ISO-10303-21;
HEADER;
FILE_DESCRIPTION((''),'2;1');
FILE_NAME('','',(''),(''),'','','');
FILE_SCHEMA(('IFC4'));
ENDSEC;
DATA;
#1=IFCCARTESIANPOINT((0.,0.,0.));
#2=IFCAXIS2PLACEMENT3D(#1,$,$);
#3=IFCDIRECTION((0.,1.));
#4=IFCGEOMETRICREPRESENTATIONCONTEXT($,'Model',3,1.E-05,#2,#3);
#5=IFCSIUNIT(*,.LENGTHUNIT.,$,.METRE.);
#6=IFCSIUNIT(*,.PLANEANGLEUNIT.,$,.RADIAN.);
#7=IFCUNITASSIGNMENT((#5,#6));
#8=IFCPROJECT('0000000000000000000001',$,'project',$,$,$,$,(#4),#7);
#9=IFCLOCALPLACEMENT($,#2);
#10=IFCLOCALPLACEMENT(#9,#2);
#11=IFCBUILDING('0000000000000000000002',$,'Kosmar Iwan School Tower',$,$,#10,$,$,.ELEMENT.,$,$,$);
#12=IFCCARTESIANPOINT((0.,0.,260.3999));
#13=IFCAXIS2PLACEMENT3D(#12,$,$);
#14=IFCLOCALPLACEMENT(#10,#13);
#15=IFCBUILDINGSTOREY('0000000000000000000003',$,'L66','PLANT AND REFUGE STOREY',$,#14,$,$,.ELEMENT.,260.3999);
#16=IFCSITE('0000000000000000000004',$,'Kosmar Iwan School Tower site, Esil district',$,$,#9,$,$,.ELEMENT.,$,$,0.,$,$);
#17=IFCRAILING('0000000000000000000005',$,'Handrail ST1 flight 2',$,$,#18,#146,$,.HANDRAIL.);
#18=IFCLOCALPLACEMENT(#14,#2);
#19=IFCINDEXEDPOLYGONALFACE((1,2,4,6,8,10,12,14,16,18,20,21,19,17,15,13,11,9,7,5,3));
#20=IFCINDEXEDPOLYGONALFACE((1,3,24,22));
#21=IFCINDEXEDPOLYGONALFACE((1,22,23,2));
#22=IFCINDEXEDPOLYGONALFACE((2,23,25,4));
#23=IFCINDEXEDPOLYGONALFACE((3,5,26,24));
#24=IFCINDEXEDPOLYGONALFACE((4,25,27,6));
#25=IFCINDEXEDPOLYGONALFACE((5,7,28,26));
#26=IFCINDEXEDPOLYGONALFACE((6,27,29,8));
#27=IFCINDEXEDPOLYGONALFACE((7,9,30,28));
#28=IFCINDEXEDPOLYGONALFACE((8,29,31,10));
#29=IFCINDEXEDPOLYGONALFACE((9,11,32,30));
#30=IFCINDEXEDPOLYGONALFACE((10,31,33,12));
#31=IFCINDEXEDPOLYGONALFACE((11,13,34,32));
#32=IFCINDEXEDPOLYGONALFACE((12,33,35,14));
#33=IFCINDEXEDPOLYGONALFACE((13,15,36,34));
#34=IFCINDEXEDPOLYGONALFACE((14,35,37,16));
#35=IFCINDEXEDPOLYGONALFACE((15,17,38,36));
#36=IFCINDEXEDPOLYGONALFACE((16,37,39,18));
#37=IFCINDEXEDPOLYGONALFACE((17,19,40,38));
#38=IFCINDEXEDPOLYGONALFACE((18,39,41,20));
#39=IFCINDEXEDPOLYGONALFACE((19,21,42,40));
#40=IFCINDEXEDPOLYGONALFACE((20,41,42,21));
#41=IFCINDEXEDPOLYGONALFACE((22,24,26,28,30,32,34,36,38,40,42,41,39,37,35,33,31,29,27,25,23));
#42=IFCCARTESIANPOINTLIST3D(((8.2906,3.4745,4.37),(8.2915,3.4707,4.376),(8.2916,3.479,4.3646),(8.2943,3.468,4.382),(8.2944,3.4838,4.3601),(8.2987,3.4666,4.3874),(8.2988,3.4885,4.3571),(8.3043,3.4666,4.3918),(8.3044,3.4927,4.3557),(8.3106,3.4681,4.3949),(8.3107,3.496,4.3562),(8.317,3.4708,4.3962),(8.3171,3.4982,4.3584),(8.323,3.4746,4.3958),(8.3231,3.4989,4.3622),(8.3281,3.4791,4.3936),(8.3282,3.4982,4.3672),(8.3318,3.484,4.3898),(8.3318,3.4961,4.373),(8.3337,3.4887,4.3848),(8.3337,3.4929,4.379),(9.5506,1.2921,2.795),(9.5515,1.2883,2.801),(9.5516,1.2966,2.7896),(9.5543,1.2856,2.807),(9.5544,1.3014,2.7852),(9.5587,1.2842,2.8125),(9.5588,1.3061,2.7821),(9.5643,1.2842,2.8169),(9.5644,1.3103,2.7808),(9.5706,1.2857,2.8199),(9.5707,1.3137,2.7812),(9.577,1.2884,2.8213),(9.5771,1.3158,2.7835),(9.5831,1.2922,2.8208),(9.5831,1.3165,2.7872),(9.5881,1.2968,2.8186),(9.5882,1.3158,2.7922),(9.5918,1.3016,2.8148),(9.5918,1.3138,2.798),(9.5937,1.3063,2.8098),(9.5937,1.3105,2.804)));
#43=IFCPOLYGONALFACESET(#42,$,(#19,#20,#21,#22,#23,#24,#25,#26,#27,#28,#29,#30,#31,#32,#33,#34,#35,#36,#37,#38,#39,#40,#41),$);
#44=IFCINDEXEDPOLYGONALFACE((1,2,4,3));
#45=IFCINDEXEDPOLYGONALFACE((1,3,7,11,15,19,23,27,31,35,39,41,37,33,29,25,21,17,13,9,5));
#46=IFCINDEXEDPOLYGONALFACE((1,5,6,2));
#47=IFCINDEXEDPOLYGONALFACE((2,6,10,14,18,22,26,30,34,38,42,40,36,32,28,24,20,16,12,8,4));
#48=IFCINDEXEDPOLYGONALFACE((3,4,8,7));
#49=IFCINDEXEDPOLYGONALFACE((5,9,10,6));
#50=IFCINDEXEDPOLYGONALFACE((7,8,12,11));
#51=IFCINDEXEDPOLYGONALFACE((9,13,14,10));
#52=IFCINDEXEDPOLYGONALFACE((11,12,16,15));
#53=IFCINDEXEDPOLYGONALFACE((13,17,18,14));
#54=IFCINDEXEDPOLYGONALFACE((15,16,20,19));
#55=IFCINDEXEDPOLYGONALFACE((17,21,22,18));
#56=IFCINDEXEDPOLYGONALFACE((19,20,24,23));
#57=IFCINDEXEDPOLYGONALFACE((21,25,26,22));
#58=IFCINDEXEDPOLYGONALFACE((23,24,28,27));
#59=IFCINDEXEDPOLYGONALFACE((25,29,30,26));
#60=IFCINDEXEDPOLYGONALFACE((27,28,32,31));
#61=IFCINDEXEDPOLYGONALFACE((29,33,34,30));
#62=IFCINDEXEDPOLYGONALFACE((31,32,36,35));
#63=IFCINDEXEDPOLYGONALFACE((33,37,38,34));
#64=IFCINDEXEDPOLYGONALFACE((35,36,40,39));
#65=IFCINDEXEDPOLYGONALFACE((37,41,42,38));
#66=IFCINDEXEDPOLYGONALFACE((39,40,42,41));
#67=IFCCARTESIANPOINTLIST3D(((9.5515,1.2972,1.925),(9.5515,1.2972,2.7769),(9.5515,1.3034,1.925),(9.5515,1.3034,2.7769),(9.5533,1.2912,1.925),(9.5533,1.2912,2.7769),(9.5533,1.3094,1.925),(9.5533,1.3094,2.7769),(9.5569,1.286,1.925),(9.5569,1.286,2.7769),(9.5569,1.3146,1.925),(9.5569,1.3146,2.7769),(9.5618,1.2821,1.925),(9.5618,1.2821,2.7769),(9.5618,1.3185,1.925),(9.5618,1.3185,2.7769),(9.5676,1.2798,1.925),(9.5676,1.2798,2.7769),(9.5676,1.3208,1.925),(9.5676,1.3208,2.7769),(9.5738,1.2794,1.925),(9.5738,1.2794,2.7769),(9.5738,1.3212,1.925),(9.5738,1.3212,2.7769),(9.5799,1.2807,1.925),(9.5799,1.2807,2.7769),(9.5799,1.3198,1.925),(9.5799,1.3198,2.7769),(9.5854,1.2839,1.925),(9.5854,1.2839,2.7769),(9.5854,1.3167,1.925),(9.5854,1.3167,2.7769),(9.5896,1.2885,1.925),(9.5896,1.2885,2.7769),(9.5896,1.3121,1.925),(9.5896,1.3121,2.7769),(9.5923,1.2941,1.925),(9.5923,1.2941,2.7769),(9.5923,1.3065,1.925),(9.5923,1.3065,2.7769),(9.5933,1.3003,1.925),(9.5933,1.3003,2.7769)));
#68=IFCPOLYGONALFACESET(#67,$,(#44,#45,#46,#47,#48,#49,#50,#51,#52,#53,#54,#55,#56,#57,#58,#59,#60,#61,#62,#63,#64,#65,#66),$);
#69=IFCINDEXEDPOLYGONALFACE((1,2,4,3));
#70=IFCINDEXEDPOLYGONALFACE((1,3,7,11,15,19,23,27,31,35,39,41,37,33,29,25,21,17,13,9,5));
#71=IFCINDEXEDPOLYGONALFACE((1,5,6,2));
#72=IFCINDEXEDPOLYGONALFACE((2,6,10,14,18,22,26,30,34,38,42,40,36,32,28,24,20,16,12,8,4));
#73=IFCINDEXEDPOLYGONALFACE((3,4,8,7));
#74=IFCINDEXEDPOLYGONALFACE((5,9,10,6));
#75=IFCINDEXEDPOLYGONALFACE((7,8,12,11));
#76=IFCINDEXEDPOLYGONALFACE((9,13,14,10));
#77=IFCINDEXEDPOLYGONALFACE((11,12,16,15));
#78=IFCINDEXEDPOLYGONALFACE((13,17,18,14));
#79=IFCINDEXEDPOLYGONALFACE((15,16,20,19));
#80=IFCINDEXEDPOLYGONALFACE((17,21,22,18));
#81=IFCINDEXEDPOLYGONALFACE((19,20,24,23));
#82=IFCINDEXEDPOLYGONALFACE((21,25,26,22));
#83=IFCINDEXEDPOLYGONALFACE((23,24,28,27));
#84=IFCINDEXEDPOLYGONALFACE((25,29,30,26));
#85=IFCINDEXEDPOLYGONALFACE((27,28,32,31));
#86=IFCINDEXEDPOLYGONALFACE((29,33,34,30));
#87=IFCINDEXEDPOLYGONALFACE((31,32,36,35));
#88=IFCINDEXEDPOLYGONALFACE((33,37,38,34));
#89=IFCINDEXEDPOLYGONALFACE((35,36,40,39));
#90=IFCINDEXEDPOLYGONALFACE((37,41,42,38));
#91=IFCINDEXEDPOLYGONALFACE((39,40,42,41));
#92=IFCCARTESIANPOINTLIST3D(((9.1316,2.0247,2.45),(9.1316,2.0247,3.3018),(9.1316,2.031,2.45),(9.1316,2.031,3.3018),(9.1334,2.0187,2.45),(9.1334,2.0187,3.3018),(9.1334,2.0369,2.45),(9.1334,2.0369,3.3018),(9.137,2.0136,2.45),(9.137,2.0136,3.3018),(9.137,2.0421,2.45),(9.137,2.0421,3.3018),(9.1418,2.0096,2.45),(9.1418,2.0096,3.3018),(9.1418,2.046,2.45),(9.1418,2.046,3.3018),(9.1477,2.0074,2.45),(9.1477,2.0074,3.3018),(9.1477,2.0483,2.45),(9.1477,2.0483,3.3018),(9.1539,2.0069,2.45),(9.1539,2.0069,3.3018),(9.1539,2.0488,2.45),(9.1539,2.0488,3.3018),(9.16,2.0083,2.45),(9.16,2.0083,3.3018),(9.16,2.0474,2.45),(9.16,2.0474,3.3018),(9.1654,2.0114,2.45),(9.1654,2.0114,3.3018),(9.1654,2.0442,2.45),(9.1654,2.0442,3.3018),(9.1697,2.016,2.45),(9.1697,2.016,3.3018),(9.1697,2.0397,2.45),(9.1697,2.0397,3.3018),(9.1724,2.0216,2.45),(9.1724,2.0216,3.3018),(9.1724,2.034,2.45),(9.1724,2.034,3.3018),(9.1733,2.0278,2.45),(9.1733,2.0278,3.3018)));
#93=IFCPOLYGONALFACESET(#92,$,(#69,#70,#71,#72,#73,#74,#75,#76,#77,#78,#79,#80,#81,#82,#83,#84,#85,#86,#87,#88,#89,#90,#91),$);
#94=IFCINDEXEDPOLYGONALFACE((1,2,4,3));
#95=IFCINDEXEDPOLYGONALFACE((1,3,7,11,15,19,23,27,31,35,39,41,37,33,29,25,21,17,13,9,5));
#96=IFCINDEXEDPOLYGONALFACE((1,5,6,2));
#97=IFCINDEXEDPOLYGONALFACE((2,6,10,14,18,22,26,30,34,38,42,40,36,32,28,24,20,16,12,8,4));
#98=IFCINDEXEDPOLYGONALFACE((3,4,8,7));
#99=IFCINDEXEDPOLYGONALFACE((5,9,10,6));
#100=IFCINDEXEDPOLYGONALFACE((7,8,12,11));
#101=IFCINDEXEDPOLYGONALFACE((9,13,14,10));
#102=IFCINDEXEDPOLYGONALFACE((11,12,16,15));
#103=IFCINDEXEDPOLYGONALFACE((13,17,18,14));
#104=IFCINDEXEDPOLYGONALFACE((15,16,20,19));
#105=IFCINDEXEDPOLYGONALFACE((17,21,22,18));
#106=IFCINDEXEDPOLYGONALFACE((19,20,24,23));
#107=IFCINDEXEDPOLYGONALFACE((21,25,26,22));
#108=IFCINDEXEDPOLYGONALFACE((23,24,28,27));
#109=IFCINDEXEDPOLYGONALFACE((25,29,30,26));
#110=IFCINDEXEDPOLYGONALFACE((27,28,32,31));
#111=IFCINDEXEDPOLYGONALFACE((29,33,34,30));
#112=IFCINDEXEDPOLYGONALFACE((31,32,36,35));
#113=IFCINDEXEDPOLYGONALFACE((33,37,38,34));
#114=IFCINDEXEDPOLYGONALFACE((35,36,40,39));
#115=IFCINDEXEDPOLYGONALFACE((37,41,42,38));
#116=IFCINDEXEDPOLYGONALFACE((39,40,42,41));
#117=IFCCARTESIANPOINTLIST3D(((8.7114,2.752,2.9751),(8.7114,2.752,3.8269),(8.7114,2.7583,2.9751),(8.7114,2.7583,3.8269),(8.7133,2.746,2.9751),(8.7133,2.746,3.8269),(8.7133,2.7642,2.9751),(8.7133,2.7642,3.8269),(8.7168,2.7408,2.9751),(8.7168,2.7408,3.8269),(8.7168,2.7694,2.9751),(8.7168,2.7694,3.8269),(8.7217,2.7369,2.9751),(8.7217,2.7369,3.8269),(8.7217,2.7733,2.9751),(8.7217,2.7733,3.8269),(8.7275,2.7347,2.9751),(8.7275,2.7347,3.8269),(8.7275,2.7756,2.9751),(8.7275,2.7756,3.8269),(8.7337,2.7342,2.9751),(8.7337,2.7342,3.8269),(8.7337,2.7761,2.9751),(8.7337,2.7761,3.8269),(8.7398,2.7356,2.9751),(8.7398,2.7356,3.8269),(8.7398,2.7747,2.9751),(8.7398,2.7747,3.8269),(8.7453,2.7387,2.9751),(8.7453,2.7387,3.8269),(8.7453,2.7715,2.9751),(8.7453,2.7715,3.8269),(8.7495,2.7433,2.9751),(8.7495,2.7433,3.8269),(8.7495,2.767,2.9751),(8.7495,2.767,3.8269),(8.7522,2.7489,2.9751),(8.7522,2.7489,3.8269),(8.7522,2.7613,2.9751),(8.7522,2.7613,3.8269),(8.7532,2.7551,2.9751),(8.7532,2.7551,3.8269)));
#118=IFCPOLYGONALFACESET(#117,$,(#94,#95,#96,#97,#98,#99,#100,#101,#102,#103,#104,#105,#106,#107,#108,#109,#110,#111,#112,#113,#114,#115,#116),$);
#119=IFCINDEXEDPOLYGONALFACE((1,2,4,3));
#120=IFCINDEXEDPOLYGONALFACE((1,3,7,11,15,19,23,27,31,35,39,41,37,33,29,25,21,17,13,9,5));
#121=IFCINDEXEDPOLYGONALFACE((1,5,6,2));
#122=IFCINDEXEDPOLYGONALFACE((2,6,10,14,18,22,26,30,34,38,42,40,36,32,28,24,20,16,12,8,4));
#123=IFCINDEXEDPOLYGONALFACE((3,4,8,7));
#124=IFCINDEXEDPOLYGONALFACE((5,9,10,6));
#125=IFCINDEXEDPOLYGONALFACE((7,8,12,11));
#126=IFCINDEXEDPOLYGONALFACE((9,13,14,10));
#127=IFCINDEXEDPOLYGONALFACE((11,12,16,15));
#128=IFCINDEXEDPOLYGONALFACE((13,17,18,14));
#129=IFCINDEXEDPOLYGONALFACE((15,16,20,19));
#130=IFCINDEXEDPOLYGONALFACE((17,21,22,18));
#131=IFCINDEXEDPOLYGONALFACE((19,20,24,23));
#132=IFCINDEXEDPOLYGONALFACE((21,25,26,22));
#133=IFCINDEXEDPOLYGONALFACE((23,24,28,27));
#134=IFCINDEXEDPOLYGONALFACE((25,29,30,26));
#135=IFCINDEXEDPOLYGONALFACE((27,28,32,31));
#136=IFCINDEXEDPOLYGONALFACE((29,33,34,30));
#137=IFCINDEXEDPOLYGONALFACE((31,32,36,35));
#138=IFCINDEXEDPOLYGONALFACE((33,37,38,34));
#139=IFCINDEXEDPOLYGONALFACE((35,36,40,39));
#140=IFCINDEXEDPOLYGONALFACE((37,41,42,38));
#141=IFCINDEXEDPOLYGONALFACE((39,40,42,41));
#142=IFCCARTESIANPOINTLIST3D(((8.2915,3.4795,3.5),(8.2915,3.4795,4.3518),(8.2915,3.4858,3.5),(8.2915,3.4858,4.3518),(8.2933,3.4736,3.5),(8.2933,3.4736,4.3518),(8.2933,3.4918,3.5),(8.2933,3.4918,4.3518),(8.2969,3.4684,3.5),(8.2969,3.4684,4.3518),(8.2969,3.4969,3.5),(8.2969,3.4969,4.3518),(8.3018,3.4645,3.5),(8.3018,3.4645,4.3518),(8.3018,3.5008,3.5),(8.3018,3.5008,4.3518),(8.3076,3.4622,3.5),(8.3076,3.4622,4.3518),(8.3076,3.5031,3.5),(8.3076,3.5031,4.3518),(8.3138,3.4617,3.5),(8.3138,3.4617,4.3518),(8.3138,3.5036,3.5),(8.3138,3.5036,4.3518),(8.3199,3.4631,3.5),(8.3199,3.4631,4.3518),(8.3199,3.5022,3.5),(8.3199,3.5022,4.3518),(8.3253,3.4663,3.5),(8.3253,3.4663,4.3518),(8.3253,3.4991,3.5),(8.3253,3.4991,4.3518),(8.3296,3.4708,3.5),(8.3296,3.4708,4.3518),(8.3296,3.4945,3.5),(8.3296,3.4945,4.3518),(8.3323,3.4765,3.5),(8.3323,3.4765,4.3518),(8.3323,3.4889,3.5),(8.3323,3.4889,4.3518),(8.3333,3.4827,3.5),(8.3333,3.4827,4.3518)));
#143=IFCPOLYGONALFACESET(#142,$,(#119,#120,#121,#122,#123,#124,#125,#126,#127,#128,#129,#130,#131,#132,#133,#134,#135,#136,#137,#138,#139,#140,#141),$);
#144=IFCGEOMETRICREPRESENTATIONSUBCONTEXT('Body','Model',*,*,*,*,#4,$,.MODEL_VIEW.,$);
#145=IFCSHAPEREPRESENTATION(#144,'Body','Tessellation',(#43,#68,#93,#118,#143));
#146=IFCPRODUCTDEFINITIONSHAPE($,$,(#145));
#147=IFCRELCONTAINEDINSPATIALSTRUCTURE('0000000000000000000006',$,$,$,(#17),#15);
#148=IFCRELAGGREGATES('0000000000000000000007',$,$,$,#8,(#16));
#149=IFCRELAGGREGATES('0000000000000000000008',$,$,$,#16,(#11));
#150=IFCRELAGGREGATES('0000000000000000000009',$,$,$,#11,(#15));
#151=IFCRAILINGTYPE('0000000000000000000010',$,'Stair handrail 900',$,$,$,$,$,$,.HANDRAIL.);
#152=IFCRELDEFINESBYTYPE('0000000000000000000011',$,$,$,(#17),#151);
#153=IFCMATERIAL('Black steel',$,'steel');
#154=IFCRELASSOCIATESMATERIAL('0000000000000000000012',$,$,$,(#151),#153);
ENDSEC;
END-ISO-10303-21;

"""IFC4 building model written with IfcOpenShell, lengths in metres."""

from ifc_helpers import new_model, si_unit, direction, frame, origin, origin_2d, place, context, subcontext, project, spatial, circle, extrude, material, type_object, element, save


model = new_model("IFC4")

# Units and contexts
model_context = context("Model", 3, precision=1e-05, world=origin(), true_north=direction((0.0, 1.0)))
body_context = subcontext(model_context, "Body", "Model", "MODEL_VIEW")
ifc_project = project(units=[si_unit("LENGTHUNIT", "METRE"), si_unit("PLANEANGLEUNIT", "RADIAN")], contexts=[model_context])

# Site, building, storey
site_placement = place(None, origin())
site = spatial("IfcSite", under=ifc_project, at=site_placement, Name="Kosmar Iwan School Tower site, Esil district", CompositionType="ELEMENT", RefElevation=0.0)
building_placement = place(site_placement, origin())
building = spatial("IfcBuilding", under=site, at=building_placement, Name="Kosmar Iwan School Tower", CompositionType="ELEMENT")
storey_placement = place(building_placement, frame((0.0, 0.0, 260.3999)))
storey = spatial("IfcBuildingStorey", under=building, at=storey_placement, Name="L66", Description="PLANT AND REFUGE STOREY", CompositionType="ELEMENT", Elevation=260.3999)

# Railing
ifc_material_1 = material(Name="Black steel", Category="steel")
railing_type = type_object("IfcRailingType", Name="Stair handrail 900", PredefinedType="HANDRAIL", material=ifc_material_1)
railing_1_placement = place(storey_placement, frame((9.5723, 1.3003, 1.925)))
element("IfcRailing", 1, at=railing_1_placement, inside=storey, type_object=railing_type, Name="Handrail ST1 flight 2", PredefinedType="HANDRAIL", context=body_context, shape_type="SweptSolid", body=[
    extrude(circle(Radius=0.0239, at=origin_2d()), frame((0.0, 0.0, 0.876), z_axis=(-0.424007, 0.734392, 0.529988), x_axis=(-0.866023, -0.500005, 0.0)), (0.0, 0.0, 1.0), 2.9717),
    extrude(circle(Radius=0.021, at=origin_2d()), origin(), (0.0, 0.0, 1.0), 0.8518),
    extrude(circle(Radius=0.021, at=origin_2d()), frame((-0.4199, 0.7275, 0.5249)), (0.0, 0.0, 1.0), 0.8518),
    extrude(circle(Radius=0.021, at=origin_2d()), frame((-0.8401, 1.4548, 1.05)), (0.0, 0.0, 1.0), 0.8518),
    extrude(circle(Radius=0.021, at=origin_2d()), frame((-1.26, 2.1824, 1.575)), (0.0, 0.0, 1.0), 0.8518),
])

save(model, "model.ifc")
